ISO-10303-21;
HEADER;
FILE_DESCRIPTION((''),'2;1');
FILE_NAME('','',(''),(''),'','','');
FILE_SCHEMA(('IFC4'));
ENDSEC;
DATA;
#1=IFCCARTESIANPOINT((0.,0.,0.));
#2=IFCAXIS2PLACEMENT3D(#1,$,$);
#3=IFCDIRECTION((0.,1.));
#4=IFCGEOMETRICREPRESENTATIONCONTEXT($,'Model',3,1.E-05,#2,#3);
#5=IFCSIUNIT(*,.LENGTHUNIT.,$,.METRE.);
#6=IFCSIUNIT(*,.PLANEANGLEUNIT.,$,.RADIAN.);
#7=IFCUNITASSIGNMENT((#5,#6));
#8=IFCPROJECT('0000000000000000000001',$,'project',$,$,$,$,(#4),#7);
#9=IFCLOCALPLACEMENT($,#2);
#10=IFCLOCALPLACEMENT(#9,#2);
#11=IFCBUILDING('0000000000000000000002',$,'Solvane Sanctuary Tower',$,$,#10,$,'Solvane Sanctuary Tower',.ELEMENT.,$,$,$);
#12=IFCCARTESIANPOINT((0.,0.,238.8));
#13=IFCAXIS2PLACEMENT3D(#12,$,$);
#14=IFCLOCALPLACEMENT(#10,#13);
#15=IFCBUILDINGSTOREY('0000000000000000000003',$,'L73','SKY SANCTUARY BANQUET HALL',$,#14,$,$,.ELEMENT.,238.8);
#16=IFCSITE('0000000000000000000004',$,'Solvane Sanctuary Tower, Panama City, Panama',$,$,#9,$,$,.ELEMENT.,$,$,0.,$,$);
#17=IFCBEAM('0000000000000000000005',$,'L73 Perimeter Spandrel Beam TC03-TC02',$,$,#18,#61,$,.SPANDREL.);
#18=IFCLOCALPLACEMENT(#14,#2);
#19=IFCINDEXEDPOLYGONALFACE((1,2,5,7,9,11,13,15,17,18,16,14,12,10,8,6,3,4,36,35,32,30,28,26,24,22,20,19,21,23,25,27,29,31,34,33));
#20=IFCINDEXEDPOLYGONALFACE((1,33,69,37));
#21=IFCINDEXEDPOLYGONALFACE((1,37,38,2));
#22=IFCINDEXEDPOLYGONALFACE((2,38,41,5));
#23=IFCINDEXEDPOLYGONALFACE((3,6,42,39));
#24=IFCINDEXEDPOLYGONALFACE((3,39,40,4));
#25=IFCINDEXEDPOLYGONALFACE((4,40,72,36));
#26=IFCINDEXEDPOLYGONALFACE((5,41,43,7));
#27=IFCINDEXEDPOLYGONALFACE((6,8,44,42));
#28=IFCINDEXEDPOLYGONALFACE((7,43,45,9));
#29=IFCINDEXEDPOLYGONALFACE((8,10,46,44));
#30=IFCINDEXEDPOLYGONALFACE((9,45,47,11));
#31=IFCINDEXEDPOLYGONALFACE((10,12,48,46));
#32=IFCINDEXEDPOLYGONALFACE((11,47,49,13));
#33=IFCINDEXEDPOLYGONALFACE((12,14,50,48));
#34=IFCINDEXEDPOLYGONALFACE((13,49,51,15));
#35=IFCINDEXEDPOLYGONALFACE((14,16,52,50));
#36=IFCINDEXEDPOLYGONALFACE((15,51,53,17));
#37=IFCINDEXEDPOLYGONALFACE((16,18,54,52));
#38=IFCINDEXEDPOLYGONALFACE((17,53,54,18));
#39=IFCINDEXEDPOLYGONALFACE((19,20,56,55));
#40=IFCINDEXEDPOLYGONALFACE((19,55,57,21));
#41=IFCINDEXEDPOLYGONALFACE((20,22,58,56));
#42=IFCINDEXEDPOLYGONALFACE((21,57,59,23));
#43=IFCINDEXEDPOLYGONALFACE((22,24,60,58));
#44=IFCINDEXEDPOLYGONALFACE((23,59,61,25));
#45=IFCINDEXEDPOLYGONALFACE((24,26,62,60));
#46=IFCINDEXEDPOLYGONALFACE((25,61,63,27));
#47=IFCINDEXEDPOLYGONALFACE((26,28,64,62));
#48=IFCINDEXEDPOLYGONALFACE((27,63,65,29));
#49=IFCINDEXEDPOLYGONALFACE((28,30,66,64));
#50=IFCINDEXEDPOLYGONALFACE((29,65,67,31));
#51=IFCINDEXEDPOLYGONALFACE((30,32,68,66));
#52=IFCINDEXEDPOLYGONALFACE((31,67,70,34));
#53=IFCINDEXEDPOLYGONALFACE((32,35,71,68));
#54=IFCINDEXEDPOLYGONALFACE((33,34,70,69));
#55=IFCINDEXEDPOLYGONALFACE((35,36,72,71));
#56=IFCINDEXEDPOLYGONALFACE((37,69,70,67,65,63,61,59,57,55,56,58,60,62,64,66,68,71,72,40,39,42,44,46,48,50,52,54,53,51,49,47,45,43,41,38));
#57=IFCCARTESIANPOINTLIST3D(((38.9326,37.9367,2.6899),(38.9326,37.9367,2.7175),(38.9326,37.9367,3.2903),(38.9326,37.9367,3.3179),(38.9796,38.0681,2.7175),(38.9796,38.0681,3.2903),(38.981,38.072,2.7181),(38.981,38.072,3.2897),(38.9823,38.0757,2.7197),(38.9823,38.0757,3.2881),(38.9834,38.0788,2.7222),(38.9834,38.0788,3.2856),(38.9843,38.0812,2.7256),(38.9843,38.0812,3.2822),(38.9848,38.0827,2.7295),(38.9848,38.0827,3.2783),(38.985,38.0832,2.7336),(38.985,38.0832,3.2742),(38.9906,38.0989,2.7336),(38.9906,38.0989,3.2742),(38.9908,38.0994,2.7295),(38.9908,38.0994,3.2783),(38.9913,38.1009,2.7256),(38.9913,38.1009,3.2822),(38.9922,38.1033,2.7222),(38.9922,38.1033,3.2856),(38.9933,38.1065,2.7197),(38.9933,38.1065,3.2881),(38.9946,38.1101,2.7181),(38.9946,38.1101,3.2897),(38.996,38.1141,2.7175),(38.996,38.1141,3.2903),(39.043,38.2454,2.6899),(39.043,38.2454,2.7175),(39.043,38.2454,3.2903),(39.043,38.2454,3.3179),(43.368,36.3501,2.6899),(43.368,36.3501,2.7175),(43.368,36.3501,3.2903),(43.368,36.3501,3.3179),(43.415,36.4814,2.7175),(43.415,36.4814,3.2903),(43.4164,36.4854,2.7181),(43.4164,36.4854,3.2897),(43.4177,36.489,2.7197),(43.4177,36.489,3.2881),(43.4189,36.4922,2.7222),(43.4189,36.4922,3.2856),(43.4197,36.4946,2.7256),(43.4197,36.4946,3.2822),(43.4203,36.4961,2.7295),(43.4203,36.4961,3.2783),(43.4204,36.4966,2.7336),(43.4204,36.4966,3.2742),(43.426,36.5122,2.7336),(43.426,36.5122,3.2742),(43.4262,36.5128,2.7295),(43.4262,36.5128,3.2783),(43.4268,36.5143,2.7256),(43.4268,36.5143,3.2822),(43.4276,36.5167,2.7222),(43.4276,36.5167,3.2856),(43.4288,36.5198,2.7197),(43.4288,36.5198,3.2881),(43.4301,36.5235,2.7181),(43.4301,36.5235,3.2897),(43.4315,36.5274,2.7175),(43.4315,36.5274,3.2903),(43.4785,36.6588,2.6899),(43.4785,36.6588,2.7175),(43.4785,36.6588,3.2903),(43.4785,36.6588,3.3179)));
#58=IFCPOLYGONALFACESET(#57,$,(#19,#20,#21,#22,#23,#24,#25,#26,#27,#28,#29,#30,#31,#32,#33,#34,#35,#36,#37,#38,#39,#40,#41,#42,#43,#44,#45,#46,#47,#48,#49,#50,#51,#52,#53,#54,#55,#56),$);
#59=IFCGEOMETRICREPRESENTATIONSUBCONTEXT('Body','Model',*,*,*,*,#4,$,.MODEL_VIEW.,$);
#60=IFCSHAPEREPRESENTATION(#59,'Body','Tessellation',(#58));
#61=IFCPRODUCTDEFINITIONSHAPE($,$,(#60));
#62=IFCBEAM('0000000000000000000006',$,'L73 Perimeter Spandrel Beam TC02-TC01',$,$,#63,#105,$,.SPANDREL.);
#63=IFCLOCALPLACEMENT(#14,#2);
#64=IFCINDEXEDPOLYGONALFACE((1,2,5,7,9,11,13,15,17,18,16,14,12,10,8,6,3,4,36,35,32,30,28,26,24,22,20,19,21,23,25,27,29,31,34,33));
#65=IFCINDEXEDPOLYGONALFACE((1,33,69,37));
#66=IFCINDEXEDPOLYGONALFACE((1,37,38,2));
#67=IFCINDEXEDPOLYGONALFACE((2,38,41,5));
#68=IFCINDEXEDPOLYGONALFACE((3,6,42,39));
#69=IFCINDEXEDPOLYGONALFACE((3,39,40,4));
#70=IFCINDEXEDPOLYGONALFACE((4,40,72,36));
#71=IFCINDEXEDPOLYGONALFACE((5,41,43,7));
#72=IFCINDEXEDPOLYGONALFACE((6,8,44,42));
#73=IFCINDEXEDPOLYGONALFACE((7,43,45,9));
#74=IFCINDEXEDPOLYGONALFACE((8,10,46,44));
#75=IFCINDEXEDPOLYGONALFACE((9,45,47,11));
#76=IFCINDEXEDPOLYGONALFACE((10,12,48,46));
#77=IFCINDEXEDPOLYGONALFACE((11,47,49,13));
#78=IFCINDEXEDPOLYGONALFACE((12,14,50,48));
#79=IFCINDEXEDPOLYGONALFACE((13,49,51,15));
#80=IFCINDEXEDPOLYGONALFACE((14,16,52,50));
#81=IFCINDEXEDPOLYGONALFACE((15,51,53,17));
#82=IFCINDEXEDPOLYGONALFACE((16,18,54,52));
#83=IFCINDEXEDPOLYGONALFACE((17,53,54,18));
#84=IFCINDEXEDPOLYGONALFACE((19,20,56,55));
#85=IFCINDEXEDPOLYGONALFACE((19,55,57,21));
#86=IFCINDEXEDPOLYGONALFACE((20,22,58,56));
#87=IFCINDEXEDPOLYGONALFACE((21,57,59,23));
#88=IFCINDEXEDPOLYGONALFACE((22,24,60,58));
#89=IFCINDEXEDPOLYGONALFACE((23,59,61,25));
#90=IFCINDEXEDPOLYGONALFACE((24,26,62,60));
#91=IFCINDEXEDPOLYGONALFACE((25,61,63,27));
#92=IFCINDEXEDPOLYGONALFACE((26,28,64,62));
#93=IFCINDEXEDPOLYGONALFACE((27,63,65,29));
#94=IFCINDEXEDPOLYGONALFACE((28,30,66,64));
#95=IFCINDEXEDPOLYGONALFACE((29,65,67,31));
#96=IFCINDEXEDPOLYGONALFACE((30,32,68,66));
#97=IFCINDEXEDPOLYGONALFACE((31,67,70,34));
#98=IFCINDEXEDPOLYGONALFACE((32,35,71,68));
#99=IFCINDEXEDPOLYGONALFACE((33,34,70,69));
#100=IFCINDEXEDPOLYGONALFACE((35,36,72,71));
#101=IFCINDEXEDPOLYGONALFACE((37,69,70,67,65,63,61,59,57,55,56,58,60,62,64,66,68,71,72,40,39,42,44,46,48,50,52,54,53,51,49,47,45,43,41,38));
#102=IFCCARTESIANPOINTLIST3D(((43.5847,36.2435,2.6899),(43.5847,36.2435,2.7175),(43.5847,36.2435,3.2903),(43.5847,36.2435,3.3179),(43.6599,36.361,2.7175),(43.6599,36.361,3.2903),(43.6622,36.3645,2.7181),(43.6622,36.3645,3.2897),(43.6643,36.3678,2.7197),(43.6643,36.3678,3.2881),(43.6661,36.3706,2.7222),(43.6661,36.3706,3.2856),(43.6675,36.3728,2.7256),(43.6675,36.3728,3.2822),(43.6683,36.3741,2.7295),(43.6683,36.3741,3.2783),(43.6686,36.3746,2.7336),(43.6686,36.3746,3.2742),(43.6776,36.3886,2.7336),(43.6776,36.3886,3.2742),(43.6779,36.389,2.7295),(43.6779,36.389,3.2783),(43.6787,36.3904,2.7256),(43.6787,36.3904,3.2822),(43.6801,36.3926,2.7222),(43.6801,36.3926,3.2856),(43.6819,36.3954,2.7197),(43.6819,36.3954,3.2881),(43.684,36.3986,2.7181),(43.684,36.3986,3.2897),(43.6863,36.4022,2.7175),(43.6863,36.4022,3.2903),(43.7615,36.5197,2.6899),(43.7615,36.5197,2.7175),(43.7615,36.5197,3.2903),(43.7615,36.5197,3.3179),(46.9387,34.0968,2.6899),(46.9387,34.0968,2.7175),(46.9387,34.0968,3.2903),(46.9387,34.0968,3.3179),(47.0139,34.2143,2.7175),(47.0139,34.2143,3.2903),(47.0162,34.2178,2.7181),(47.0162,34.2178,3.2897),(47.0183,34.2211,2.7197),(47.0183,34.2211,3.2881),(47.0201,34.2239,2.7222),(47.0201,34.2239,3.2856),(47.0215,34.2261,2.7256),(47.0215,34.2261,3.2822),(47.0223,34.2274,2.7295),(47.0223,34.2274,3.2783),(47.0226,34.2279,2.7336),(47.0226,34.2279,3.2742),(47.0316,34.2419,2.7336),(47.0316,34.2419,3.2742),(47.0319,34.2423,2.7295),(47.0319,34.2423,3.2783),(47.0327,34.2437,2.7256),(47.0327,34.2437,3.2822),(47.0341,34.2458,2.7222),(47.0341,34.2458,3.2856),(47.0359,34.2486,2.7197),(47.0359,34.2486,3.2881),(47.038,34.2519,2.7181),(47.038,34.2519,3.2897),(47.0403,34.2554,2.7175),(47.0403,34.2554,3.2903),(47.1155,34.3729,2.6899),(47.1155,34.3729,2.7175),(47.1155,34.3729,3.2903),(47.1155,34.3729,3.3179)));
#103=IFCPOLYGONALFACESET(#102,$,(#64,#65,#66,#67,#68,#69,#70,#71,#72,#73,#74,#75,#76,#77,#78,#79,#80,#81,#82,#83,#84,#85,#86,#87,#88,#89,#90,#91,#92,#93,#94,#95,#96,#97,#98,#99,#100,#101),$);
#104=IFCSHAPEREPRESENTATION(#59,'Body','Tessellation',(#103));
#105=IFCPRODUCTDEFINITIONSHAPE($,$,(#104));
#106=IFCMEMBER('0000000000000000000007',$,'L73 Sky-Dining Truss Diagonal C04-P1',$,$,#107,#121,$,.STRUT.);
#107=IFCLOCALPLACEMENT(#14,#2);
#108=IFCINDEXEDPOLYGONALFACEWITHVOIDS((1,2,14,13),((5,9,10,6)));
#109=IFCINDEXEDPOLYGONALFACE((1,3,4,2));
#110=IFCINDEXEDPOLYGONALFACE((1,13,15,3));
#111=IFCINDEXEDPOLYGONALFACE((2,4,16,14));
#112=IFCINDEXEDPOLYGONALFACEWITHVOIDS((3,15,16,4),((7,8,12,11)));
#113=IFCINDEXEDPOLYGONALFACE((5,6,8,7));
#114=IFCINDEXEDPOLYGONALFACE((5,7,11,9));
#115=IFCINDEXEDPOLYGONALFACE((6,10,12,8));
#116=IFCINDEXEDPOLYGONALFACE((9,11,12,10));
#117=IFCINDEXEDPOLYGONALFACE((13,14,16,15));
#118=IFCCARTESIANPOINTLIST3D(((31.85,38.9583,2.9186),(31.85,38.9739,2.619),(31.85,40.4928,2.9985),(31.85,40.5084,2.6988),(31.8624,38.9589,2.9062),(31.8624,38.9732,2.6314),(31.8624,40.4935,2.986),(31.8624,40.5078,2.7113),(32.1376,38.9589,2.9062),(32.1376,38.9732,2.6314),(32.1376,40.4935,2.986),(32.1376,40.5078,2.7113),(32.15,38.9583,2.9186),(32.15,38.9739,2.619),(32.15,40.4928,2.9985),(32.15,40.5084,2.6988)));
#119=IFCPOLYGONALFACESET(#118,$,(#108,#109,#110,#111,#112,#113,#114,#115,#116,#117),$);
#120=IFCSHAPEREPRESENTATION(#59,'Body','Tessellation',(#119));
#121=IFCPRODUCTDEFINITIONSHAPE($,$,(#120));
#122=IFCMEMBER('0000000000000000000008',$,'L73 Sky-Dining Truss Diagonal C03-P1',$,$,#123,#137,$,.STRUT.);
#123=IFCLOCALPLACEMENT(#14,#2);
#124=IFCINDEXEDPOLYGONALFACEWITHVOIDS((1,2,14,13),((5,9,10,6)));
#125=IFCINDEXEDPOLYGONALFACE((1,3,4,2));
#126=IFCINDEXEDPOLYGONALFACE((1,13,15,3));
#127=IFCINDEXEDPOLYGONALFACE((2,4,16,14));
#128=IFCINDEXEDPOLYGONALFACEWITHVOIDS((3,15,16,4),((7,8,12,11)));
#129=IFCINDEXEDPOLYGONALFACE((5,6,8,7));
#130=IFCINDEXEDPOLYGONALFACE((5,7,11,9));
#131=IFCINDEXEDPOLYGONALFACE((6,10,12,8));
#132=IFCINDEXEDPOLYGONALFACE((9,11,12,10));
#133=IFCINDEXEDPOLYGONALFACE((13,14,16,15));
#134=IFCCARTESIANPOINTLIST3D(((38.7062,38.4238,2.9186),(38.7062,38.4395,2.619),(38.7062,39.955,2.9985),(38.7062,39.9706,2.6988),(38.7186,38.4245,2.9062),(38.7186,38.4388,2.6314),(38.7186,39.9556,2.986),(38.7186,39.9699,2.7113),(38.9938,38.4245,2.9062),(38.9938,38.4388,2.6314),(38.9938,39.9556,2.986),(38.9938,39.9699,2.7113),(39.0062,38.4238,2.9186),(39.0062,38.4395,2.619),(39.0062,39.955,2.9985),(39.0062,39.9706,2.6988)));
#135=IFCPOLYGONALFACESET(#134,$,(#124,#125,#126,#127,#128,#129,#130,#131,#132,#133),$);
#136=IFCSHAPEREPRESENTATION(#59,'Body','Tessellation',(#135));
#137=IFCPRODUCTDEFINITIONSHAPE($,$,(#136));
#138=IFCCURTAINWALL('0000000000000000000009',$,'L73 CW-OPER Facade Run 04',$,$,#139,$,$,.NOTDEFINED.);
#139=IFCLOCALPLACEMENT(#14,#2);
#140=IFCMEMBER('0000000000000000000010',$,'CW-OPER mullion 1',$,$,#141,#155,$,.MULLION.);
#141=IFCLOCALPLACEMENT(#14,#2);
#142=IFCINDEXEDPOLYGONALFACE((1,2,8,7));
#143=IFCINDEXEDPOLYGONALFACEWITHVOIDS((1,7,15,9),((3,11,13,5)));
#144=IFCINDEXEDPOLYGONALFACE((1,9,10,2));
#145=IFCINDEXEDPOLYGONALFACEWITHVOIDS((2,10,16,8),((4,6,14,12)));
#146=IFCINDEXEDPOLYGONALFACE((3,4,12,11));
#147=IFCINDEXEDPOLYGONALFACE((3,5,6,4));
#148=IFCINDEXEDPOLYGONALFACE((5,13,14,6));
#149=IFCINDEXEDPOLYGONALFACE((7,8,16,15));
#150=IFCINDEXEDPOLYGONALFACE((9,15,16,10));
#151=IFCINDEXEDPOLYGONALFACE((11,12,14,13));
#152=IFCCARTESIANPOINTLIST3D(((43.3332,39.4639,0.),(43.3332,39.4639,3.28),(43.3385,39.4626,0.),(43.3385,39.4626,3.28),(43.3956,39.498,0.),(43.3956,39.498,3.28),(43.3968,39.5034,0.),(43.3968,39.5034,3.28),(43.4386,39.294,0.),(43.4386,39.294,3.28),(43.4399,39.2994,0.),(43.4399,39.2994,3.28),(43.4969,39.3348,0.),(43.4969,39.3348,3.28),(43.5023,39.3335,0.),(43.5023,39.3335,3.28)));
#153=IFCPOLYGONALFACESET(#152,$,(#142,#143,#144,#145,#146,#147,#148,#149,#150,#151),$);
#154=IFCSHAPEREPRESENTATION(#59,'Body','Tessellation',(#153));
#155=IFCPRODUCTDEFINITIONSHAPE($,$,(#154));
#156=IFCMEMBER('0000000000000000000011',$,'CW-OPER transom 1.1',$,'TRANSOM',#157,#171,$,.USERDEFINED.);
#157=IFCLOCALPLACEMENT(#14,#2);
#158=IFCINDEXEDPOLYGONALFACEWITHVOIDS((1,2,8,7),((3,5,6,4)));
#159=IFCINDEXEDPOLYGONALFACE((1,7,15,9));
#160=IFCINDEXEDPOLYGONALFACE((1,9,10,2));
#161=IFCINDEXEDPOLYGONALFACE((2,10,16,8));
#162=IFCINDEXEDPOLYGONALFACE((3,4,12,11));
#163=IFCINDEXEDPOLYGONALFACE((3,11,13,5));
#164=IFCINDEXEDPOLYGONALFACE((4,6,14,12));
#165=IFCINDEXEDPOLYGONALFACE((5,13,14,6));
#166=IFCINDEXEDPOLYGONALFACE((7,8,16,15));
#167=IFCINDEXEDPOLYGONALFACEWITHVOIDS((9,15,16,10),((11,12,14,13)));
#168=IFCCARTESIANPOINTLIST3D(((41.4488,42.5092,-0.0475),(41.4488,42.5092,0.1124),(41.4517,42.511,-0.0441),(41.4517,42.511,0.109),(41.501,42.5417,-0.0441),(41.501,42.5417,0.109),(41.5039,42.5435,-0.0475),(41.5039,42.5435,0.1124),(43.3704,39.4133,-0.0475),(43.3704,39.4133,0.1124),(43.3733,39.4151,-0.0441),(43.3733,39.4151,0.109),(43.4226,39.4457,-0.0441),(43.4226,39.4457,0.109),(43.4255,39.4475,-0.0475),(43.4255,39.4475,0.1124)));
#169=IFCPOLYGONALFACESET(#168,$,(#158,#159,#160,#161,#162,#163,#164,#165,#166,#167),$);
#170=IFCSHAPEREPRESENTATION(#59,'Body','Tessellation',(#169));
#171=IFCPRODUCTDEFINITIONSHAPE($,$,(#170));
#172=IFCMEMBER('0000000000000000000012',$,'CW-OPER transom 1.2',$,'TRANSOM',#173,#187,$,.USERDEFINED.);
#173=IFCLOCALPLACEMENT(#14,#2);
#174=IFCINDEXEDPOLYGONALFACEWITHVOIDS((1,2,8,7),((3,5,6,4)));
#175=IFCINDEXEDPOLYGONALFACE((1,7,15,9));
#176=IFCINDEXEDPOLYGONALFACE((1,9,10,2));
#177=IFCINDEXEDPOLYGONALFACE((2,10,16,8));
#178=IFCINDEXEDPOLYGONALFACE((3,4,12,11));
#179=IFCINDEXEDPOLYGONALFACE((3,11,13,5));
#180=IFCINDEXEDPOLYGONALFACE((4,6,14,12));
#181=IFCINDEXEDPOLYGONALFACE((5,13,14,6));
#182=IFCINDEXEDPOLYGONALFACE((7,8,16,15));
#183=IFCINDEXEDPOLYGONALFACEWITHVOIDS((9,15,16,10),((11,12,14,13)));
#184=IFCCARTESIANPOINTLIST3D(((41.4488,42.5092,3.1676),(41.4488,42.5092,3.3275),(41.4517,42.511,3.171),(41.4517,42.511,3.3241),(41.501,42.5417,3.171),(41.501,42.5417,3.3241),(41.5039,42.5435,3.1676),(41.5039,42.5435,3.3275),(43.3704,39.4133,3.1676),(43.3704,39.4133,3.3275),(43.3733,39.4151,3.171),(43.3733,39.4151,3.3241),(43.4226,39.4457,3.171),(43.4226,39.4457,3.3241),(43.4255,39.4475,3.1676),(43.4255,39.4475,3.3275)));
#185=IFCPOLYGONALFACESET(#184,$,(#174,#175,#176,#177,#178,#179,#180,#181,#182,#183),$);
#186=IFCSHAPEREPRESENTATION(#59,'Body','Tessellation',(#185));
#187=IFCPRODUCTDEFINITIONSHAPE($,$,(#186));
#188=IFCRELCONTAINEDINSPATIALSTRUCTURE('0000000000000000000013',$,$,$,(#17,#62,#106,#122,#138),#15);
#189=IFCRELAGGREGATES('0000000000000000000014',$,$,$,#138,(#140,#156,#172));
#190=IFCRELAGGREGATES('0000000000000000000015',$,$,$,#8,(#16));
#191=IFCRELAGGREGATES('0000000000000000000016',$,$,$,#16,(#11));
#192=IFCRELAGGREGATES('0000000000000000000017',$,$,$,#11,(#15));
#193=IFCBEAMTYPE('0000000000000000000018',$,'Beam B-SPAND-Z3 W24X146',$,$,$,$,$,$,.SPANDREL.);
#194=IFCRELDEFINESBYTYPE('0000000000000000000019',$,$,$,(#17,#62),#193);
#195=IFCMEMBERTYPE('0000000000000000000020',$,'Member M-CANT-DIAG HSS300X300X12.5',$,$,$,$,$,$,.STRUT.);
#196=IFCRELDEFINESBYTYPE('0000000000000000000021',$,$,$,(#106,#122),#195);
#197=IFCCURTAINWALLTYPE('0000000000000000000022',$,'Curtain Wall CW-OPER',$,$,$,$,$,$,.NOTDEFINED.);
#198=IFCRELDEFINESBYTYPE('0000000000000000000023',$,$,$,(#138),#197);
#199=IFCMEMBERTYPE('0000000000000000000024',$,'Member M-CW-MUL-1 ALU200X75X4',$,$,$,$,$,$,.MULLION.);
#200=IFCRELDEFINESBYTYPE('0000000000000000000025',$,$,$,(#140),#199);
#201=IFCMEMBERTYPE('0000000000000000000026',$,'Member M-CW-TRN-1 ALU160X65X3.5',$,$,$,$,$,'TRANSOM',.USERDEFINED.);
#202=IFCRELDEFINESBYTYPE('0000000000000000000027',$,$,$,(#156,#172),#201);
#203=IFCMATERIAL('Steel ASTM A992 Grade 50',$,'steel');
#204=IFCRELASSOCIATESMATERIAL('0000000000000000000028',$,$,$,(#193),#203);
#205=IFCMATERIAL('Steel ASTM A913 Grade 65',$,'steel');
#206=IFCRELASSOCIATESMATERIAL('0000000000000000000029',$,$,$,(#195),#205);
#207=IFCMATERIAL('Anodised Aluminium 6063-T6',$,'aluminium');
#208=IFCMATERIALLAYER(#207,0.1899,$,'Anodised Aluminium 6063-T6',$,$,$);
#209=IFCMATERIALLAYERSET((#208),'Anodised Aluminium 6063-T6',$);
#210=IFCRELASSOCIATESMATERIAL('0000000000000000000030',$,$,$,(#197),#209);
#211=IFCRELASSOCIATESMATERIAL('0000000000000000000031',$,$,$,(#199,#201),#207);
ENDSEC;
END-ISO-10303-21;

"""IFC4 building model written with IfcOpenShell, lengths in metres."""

from ifc_helpers import new_model, si_unit, direction, frame, origin, origin_2d, place, context, subcontext, project, spatial, hollow_rectangle, i_section, extrude, material, layer, layer_set, material_profile, profile_set, type_object, element, aggregate, save


model = new_model("IFC4")

# Units and contexts
model_context = context("Model", 3, precision=1e-05, world=origin(), true_north=direction((0.0, 1.0)))
body_context = subcontext(model_context, "Body", "Model", "MODEL_VIEW")
ifc_project = project(units=[si_unit("LENGTHUNIT", "METRE"), si_unit("PLANEANGLEUNIT", "RADIAN")], contexts=[model_context])

# Site, building, storey
site_placement = place(None, origin())
site = spatial("IfcSite", under=ifc_project, at=site_placement, Name="Solvane Sanctuary Tower, Panama City, Panama", CompositionType="ELEMENT", RefElevation=0.0)
building_placement = place(site_placement, origin())
building = spatial("IfcBuilding", under=site, at=building_placement, Name="Solvane Sanctuary Tower", LongName="Solvane Sanctuary Tower", CompositionType="ELEMENT")
storey_placement = place(building_placement, frame((0.0, 0.0, 238.8)))
storey = spatial("IfcBuildingStorey", under=building, at=storey_placement, Name="L73", Description="SKY SANCTUARY BANQUET HALL", CompositionType="ELEMENT", Elevation=238.8)

# Shared definitions
ifc_material_1 = material(Name="Steel ASTM A913 Grade 65", Category="steel")

# Beams
ifc_material_2 = material(Name="Steel ASTM A992 Grade 50", Category="steel")
ifc_material_profile_1 = material_profile(ifc_material_2, i_section(OverallWidth=0.3279, OverallDepth=0.6279, WebThickness=0.0166, FlangeThickness=0.0276, FilletRadius=0.0161, at=origin_2d()), Name="W24X146")
ifc_profile_set_1 = profile_set([ifc_material_profile_1], Name="Steel ASTM A992 Grade 50")
beam_type_1 = type_object("IfcBeamType", Name="Beam B-SPAND-Z3 W24X146", PredefinedType="SPANDREL", material=ifc_profile_set_1)
beam_1_placement = place(storey_placement, frame((38.9878, 38.0911, 3.0039), z_axis=(0.941571, -0.336816, 0.0), x_axis=(0.336816, 0.941571, 0.0)))
element("IfcBeam", 1, at=beam_1_placement, inside=storey, type_object=beam_type_1, Name="L73 Perimeter Spandrel Beam TC03-TC02", PredefinedType="SPANDREL", context=body_context, shape_type="SweptSolid", body=[
    extrude(i_section(OverallWidth=0.3279, OverallDepth=0.6279, WebThickness=0.0166, FlangeThickness=0.0276, FilletRadius=0.0161, at=origin_2d()), origin(), (0.0, 0.0, 1.0), 4.7107),
])
beam_2_placement = place(storey_placement, frame((43.6731, 36.3816, 3.0039), z_axis=(0.842252, -0.539083, 0.0), x_axis=(0.539083, 0.842252, 0.0)))
element("IfcBeam", 2, at=beam_2_placement, inside=storey, type_object=beam_type_1, Name="L73 Perimeter Spandrel Beam TC02-TC01", PredefinedType="SPANDREL", context=body_context, shape_type="SweptSolid", body=[
    extrude(i_section(OverallWidth=0.3279, OverallDepth=0.6279, WebThickness=0.0166, FlangeThickness=0.0276, FilletRadius=0.0161, at=origin_2d()), origin(), (0.0, 0.0, 1.0), 3.9822),
])

# Members
ifc_material_profile_2 = material_profile(ifc_material_1, hollow_rectangle(XDim=0.3, YDim=0.3, WallThickness=0.0125, at=origin_2d()), Name="HSS300X300X12.5")
ifc_profile_set_2 = profile_set([ifc_material_profile_2], Name="Steel ASTM A913 Grade 65")
member_type_1 = type_object("IfcMemberType", Name="Member M-CANT-DIAG HSS300X300X12.5", PredefinedType="STRUT", material=ifc_profile_set_2)
member_1_placement = place(storey_placement, frame((32.0, 38.9661, 2.7688), z_axis=(0.0, 0.998649, 0.051958), x_axis=(-1.0, 0.0, 0.0)))
element("IfcMember", 3, at=member_1_placement, inside=storey, type_object=member_type_1, Name="L73 Sky-Dining Truss Diagonal C04-P1", PredefinedType="STRUT", context=body_context, shape_type="SweptSolid", body=[
    extrude(hollow_rectangle(XDim=0.3, YDim=0.3, WallThickness=0.0125, at=origin_2d()), origin(), (0.0, 0.0, 1.0), 1.5366),
])
member_2_placement = place(storey_placement, frame((38.8562, 38.4316, 2.7688), z_axis=(0.0, 0.998643, 0.052074), x_axis=(-1.0, 0.0, 0.0)))
element("IfcMember", 4, at=member_2_placement, inside=storey, type_object=member_type_1, Name="L73 Sky-Dining Truss Diagonal C03-P1", PredefinedType="STRUT", context=body_context, shape_type="SweptSolid", body=[
    extrude(hollow_rectangle(XDim=0.3, YDim=0.3, WallThickness=0.0125, at=origin_2d()), origin(), (0.0, 0.0, 1.0), 1.5332),
])

# Curtain wall, members
ifc_material_3 = material(Name="Anodised Aluminium 6063-T6", Category="aluminium")
ifc_layer_1 = layer(ifc_material_3, 0.1899, Name="Anodised Aluminium 6063-T6")
ifc_layer_set_1 = layer_set([ifc_layer_1], Name="Anodised Aluminium 6063-T6")
curtain_wall_type = type_object("IfcCurtainWallType", Name="Curtain Wall CW-OPER", PredefinedType="NOTDEFINED", material=ifc_layer_set_1)
curtain_wall_placement = place(storey_placement, origin())
curtain_wall = element("IfcCurtainWall", 5, at=curtain_wall_placement, inside=storey, type_object=curtain_wall_type, Name="L73 CW-OPER Facade Run 04", PredefinedType="NOTDEFINED")
ifc_material_profile_3 = material_profile(ifc_material_3, hollow_rectangle(XDim=0.075, YDim=0.2, WallThickness=0.0039, at=origin_2d()), Name="ALU200X75X4")
ifc_profile_set_3 = profile_set([ifc_material_profile_3], Name="Anodised Aluminium 6063-T6")
member_type_2 = type_object("IfcMemberType", Name="Member M-CW-MUL-1 ALU200X75X4", PredefinedType="MULLION", material=ifc_profile_set_3)
member_3_placement = place(storey_placement, frame((43.4177, 39.3987, 0.0), z_axis=(0.0, 0.0, 1.0), x_axis=(-0.849622, -0.527392, 0.0)))
member_3 = element("IfcMember", 6, at=member_3_placement, type_object=member_type_2, Name="CW-OPER mullion 1", PredefinedType="MULLION", context=body_context, shape_type="SweptSolid", body=[
    extrude(hollow_rectangle(XDim=0.075, YDim=0.2, WallThickness=0.0039, at=origin_2d()), origin(), (0.0, 0.0, 1.0), 3.28),
])
ifc_material_profile_4 = material_profile(ifc_material_3, hollow_rectangle(XDim=0.0649, YDim=0.1599, WallThickness=0.0034, at=origin_2d()), Name="ALU160X65X3.5")
ifc_profile_set_4 = profile_set([ifc_material_profile_4], Name="Anodised Aluminium 6063-T6")
member_type_3 = type_object("IfcMemberType", Name="Member M-CW-TRN-1 ALU160X65X3.5", ElementType="TRANSOM", PredefinedType="USERDEFINED", material=ifc_profile_set_4)
member_4_placement = place(storey_placement, frame((43.3979, 39.4304, 0.0325), z_axis=(-0.527365, 0.849639, 0.0), x_axis=(-0.849639, -0.527365, 0.0)))
member_4 = element("IfcMember", 7, at=member_4_placement, type_object=member_type_3, Name="CW-OPER transom 1.1", ObjectType="TRANSOM", PredefinedType="USERDEFINED", context=body_context, shape_type="SweptSolid", body=[
    extrude(hollow_rectangle(XDim=0.0649, YDim=0.1599, WallThickness=0.0034, at=origin_2d()), origin(), (0.0, 0.0, 1.0), 3.6438),
])
member_5_placement = place(storey_placement, frame((43.3979, 39.4304, 3.2476), z_axis=(-0.527365, 0.849639, 0.0), x_axis=(-0.849639, -0.527365, 0.0)))
member_5 = element("IfcMember", 8, at=member_5_placement, type_object=member_type_3, Name="CW-OPER transom 1.2", ObjectType="TRANSOM", PredefinedType="USERDEFINED", context=body_context, shape_type="SweptSolid", body=[
    extrude(hollow_rectangle(XDim=0.0649, YDim=0.1599, WallThickness=0.0034, at=origin_2d()), origin(), (0.0, 0.0, 1.0), 3.6438),
])
aggregate(curtain_wall, [member_3, member_4, member_5])

save(model, "model.ifc")
